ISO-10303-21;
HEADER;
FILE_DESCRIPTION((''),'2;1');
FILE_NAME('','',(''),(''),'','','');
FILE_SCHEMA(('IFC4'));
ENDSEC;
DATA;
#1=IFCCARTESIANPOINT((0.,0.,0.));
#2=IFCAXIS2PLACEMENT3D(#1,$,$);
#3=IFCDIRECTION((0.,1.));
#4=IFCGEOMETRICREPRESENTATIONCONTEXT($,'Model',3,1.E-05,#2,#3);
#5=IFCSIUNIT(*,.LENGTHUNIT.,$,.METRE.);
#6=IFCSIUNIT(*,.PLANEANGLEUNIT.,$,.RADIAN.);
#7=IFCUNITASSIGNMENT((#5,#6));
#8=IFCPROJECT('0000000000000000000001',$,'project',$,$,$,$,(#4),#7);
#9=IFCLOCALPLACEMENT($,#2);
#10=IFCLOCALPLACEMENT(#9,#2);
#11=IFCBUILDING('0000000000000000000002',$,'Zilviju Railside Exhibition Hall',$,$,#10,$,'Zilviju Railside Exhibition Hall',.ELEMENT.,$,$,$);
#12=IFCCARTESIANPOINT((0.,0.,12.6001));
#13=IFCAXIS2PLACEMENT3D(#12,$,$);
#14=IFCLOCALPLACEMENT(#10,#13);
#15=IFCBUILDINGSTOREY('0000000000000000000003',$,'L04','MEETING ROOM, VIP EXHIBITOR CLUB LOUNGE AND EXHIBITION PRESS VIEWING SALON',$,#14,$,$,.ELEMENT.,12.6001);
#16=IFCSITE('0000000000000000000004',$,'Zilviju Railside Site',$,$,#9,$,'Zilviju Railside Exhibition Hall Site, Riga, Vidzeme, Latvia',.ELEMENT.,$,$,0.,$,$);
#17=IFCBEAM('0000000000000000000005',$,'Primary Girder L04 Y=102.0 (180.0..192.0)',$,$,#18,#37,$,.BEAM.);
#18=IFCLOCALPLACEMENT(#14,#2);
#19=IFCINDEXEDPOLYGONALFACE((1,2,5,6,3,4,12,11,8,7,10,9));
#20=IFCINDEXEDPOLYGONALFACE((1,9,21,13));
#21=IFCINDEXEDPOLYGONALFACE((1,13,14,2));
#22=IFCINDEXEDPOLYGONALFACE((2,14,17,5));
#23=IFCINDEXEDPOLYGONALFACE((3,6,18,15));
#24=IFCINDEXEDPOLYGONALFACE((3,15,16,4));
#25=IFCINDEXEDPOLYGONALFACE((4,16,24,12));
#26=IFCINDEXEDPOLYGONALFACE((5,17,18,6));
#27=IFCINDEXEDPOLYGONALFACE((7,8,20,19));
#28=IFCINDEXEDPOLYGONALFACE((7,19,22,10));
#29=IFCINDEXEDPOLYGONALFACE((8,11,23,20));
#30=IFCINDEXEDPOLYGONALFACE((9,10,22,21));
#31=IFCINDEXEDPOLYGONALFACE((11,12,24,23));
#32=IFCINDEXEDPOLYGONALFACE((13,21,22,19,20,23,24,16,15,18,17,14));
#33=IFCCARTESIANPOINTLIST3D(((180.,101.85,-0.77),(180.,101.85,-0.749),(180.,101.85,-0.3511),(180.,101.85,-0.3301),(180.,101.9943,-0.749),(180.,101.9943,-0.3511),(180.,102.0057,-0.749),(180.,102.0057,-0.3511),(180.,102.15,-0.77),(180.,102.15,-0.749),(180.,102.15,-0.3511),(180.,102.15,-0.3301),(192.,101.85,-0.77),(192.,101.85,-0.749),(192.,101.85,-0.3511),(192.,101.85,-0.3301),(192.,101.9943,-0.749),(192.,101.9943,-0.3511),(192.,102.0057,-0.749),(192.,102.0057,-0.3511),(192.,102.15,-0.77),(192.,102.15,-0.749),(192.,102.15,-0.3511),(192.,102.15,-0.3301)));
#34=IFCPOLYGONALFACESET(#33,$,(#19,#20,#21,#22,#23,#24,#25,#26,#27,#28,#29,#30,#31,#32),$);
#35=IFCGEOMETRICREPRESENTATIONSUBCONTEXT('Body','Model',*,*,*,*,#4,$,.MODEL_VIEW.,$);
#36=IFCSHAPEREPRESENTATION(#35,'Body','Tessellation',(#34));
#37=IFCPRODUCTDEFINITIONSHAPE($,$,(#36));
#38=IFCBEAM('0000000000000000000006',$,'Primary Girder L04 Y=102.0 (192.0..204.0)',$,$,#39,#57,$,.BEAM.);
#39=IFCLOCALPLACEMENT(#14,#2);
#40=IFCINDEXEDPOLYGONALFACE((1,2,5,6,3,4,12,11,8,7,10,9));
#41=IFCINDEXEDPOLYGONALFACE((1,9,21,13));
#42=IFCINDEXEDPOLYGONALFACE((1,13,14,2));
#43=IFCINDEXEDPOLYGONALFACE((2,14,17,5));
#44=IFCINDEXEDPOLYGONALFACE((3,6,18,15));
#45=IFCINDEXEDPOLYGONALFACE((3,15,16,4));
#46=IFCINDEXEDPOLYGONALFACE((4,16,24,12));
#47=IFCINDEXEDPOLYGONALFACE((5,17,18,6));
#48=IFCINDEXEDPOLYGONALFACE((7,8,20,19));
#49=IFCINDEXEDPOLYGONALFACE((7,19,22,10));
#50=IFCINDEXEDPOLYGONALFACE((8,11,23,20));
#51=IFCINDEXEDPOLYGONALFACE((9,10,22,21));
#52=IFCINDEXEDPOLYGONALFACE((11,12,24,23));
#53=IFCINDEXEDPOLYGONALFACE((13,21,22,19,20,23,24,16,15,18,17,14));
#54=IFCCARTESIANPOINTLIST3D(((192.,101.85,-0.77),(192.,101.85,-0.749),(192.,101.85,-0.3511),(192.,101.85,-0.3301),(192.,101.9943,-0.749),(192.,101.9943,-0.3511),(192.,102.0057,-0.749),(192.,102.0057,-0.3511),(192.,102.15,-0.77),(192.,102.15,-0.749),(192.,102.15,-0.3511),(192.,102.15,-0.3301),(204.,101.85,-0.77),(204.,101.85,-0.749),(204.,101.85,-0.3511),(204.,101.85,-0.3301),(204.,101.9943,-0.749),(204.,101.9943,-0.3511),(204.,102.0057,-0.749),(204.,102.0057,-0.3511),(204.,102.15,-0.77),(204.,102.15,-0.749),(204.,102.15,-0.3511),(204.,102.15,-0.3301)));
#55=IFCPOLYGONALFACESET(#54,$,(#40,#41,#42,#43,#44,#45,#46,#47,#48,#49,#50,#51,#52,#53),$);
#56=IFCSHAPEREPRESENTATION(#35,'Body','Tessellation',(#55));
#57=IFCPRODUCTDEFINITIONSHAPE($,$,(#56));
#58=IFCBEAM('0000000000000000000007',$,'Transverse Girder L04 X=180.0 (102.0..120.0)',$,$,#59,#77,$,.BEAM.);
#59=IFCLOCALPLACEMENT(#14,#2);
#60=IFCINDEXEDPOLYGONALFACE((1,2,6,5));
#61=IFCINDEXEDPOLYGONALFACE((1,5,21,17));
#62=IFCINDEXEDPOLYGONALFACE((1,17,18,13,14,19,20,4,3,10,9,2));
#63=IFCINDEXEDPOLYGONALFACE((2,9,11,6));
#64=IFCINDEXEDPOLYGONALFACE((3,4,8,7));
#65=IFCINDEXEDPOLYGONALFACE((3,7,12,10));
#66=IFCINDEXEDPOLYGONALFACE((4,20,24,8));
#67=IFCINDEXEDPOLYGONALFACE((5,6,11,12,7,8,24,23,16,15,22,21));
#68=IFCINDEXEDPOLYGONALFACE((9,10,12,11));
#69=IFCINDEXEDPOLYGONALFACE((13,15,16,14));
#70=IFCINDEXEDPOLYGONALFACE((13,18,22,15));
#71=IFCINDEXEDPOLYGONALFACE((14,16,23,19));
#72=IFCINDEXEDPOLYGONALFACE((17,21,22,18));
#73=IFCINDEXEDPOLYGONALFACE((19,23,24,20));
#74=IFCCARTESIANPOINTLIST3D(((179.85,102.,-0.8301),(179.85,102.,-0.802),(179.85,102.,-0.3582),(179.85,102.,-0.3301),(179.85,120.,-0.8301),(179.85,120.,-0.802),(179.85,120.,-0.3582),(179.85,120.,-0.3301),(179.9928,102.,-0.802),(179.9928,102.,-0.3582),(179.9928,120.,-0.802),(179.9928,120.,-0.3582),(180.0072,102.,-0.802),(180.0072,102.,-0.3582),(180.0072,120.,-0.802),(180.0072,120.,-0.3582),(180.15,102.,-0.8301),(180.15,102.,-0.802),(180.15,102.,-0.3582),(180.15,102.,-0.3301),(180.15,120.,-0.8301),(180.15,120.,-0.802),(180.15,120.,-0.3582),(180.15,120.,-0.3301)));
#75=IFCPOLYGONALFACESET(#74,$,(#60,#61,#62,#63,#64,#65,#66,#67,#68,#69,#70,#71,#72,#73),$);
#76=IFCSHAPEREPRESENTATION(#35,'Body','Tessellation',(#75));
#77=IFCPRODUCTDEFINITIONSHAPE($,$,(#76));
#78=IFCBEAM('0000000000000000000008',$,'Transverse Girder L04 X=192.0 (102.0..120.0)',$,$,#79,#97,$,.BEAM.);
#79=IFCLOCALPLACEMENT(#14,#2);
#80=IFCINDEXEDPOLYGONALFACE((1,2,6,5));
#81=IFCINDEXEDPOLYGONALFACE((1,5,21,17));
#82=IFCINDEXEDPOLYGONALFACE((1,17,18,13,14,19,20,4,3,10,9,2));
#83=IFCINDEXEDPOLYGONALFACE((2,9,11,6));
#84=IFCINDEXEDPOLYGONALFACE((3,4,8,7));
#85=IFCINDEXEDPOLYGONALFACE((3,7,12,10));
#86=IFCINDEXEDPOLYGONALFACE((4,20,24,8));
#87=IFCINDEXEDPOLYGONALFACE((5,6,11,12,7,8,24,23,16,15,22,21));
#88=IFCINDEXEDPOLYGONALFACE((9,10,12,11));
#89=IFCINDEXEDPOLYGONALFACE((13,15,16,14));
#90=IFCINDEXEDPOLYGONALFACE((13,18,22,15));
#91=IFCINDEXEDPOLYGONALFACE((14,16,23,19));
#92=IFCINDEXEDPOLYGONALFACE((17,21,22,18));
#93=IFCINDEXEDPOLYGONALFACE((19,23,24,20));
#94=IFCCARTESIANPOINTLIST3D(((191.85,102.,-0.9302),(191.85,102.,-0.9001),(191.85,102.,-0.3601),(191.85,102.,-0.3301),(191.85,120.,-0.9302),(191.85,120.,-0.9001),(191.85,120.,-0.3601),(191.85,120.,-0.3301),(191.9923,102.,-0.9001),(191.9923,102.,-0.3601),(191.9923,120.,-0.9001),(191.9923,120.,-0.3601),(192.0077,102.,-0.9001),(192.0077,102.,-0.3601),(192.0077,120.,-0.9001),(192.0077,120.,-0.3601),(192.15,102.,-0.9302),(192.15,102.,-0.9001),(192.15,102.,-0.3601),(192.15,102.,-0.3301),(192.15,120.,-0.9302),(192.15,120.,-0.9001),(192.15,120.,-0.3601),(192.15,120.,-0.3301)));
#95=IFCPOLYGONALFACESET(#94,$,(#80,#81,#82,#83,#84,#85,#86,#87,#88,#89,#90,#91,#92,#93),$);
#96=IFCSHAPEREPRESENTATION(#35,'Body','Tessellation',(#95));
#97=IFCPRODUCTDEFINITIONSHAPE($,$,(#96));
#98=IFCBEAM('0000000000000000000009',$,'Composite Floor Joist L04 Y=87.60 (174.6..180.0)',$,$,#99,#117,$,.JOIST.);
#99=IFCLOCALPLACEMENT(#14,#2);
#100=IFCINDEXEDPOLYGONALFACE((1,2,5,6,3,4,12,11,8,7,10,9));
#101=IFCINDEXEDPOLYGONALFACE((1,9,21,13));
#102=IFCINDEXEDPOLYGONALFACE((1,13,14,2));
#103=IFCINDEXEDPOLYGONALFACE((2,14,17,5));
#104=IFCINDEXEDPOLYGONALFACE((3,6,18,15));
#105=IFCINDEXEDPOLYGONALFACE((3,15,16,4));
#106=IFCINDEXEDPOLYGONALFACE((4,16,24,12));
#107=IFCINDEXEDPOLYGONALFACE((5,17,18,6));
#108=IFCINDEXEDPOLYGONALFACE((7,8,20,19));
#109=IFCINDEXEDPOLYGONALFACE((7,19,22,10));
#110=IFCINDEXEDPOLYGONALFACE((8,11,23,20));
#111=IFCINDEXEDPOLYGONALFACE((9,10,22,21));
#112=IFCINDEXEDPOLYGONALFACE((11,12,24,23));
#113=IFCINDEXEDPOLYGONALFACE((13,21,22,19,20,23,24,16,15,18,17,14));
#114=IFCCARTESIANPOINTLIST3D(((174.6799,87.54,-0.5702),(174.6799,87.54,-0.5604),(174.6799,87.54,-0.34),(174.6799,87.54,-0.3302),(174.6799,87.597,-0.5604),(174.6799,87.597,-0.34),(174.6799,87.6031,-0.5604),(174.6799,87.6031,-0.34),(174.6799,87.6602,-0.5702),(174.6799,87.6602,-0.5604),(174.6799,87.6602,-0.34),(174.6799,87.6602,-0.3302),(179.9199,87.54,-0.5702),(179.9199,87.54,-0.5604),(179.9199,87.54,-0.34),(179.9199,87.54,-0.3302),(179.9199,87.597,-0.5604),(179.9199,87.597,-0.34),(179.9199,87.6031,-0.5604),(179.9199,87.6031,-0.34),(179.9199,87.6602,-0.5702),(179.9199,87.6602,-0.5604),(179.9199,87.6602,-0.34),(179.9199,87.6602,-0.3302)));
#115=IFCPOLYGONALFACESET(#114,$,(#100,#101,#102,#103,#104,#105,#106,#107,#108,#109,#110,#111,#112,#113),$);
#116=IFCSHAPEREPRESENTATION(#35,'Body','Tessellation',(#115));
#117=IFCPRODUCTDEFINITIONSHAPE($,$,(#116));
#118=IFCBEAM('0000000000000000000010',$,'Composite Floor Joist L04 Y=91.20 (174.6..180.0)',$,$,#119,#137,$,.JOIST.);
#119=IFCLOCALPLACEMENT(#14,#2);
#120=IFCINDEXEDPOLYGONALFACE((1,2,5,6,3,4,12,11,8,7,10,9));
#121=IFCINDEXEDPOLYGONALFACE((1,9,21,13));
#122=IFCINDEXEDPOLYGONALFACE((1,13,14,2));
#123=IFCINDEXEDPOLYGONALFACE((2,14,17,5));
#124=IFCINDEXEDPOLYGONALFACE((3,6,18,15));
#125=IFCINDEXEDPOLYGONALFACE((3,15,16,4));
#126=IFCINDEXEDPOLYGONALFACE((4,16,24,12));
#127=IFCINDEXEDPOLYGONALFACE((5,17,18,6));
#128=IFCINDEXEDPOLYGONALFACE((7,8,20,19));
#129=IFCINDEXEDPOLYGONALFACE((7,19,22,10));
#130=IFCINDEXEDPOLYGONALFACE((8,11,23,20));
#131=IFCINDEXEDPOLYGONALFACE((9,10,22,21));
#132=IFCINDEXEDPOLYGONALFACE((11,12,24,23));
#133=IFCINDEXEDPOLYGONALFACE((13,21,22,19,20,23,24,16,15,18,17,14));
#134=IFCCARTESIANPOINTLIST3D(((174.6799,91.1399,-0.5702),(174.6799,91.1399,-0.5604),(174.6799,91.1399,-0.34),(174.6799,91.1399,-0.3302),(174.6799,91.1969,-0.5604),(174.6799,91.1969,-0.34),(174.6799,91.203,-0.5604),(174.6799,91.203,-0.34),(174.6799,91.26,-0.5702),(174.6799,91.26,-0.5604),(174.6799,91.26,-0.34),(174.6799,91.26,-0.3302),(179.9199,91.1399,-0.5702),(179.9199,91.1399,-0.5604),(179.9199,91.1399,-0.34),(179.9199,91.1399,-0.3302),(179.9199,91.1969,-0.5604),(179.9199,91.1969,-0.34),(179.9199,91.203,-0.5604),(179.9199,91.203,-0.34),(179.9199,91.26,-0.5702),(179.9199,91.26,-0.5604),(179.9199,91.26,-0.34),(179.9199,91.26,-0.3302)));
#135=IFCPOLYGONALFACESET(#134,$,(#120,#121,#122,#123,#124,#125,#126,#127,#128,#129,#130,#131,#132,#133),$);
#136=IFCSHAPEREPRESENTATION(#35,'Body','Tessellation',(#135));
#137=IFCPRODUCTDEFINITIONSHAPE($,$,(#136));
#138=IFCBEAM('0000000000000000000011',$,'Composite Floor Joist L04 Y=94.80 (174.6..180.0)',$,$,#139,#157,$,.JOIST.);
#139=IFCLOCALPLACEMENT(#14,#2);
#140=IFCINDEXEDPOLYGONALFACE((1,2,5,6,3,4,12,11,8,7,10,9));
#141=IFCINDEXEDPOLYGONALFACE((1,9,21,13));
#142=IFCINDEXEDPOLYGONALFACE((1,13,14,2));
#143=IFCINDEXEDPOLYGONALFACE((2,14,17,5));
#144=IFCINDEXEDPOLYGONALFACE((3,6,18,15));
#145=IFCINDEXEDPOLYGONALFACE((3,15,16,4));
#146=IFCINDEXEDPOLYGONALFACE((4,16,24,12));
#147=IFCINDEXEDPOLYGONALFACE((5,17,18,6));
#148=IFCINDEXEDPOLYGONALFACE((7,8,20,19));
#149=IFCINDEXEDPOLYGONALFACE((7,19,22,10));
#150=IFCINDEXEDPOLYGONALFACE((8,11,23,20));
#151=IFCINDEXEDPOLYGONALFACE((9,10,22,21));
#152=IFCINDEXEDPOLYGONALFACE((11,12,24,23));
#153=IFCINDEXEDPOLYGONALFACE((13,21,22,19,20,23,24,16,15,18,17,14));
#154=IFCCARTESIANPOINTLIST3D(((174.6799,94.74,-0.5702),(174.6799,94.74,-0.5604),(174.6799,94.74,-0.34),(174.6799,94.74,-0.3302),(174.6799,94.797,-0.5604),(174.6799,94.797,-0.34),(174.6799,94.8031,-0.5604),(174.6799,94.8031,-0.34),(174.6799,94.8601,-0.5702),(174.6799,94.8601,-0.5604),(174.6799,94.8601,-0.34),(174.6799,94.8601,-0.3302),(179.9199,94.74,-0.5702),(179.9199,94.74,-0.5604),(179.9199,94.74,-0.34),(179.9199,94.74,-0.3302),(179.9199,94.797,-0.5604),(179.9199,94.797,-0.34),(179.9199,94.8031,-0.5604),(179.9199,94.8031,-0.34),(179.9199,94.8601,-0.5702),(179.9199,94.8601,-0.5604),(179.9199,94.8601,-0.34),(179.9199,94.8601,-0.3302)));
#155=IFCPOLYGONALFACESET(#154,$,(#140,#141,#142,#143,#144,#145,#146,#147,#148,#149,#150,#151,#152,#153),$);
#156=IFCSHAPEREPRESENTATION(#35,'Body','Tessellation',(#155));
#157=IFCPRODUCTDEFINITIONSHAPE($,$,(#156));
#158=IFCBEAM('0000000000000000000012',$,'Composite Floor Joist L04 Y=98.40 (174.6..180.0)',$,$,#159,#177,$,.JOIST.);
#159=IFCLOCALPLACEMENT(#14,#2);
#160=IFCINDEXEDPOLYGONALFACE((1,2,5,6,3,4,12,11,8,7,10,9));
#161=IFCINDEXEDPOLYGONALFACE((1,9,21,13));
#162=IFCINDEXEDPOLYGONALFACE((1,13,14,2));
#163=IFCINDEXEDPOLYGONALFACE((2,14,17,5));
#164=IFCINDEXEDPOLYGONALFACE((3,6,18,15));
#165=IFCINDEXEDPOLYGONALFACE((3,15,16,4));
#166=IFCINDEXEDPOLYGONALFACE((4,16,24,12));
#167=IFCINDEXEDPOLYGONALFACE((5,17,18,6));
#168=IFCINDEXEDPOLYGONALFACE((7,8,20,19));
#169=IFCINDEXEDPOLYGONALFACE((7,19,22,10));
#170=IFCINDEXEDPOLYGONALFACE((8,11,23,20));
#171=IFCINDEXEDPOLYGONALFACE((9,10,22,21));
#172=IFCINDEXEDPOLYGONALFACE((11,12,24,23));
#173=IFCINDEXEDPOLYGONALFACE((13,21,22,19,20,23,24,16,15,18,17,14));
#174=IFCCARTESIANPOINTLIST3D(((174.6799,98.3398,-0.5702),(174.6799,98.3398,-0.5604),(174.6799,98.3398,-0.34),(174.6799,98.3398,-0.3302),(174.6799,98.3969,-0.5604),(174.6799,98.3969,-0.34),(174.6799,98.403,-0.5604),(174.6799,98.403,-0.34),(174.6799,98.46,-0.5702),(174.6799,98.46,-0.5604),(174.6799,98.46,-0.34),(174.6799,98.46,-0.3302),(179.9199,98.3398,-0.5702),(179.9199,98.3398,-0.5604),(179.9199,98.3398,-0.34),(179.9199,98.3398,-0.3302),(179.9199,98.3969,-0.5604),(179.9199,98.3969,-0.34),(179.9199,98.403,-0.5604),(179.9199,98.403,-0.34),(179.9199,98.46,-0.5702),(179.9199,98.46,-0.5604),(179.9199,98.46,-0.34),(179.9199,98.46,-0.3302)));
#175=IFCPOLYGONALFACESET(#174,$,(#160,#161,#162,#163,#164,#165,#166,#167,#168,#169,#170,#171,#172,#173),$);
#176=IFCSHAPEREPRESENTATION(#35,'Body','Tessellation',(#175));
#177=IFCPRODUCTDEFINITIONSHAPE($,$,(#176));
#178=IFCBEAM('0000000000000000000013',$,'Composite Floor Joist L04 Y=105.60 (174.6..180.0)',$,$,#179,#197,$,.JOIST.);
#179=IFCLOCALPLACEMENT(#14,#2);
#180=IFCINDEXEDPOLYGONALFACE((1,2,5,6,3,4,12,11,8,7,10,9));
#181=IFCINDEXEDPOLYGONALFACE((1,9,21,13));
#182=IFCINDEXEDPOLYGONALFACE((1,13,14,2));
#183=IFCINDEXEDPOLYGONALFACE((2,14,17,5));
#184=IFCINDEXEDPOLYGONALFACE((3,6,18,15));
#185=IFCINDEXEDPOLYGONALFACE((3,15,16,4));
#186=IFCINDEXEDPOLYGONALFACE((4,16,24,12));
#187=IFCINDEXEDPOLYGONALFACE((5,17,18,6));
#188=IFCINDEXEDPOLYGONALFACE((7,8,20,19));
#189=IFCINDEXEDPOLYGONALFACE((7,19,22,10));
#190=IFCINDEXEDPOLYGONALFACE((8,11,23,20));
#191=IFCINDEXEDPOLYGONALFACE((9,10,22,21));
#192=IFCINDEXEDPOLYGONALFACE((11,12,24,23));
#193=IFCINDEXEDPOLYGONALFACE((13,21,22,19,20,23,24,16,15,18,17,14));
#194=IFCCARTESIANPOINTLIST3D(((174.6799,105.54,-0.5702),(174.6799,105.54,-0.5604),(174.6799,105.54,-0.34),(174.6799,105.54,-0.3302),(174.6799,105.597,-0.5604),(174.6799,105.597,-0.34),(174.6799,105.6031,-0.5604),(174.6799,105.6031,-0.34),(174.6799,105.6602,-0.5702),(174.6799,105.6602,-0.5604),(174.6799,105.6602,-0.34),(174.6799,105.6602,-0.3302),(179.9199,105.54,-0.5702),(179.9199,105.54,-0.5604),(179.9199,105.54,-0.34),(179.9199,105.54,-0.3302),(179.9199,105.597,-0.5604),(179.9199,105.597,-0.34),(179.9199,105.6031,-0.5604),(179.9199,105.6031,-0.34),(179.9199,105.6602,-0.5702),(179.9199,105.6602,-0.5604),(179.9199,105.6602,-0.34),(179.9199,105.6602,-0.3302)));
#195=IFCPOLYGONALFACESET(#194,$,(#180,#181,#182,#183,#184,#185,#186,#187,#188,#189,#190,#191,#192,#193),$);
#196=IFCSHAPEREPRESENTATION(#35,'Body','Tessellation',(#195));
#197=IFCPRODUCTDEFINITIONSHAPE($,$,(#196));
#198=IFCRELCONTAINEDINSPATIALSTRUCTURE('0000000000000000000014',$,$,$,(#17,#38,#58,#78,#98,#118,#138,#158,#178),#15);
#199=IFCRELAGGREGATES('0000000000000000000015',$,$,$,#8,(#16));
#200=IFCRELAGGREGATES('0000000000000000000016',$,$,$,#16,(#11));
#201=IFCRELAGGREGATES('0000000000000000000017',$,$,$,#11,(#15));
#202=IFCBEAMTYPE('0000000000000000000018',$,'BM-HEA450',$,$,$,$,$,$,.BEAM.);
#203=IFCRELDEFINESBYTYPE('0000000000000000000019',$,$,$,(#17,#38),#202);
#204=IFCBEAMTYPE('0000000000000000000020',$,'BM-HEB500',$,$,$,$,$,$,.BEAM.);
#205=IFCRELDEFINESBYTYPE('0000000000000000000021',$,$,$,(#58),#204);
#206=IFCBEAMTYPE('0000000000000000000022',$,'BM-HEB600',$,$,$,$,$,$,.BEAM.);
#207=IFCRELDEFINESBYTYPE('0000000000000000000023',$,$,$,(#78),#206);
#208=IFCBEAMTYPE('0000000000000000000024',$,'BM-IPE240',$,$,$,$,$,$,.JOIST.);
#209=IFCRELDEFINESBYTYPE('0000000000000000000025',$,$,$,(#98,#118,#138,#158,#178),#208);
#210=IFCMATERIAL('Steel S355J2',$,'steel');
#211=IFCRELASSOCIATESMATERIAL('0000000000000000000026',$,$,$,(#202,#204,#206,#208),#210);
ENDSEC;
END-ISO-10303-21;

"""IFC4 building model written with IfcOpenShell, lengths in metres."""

from ifc_helpers import new_model, si_unit, direction, frame, origin, origin_2d, place, context, subcontext, project, spatial, i_section, extrude, material, material_profile, profile_set, type_object, element, save


model = new_model("IFC4")

# Units and contexts
model_context = context("Model", 3, precision=1e-05, world=origin(), true_north=direction((0.0, 1.0)))
body_context = subcontext(model_context, "Body", "Model", "MODEL_VIEW")
ifc_project = project(units=[si_unit("LENGTHUNIT", "METRE"), si_unit("PLANEANGLEUNIT", "RADIAN")], contexts=[model_context])

# Site, building, storey
site_placement = place(None, origin())
site = spatial("IfcSite", under=ifc_project, at=site_placement, Name="Zilviju Railside Site", LongName="Zilviju Railside Exhibition Hall Site, Riga, Vidzeme, Latvia", CompositionType="ELEMENT", RefElevation=0.0)
building_placement = place(site_placement, origin())
building = spatial("IfcBuilding", under=site, at=building_placement, Name="Zilviju Railside Exhibition Hall", LongName="Zilviju Railside Exhibition Hall", CompositionType="ELEMENT")
storey_placement = place(building_placement, frame((0.0, 0.0, 12.6001)))
storey = spatial("IfcBuildingStorey", under=building, at=storey_placement, Name="L04", Description="MEETING ROOM, VIP EXHIBITOR CLUB LOUNGE AND EXHIBITION PRESS VIEWING SALON", CompositionType="ELEMENT", Elevation=12.6001)

# Beams
ifc_material_1 = material(Name="Steel S355J2", Category="steel")
ifc_material_profile_1 = material_profile(ifc_material_1, i_section(OverallWidth=0.3, OverallDepth=0.4399, WebThickness=0.0115, FlangeThickness=0.021, at=origin_2d()), Name="HEA 450")
ifc_profile_set_1 = profile_set([ifc_material_profile_1], Name="Steel S355J2")
beam_type_1 = type_object("IfcBeamType", Name="BM-HEA450", PredefinedType="BEAM", material=ifc_profile_set_1)
for number, where, z_axis, x_axis, name in (
    (1, (180.0, 102.0, -0.55), (1.0, 0.0, 0.0), (0.0, 1.0, 0.0), "Primary Girder L04 Y=102.0 (180.0..192.0)"),
    (2, (192.0, 102.0, -0.55), (1.0, 0.0, 0.0), (0.0, 1.0, 0.0), "Primary Girder L04 Y=102.0 (192.0..204.0)"),
):
    element("IfcBeam", number, at=place(storey_placement, frame(where, z_axis=z_axis, x_axis=x_axis)), inside=storey, type_object=beam_type_1, Name=name, PredefinedType="BEAM", context=body_context, shape_type="SweptSolid", body=[
        extrude(i_section(OverallWidth=0.3, OverallDepth=0.4399, WebThickness=0.0115, FlangeThickness=0.021, at=origin_2d()), origin(), (0.0, 0.0, 1.0), 12.0),
    ])
ifc_material_profile_2 = material_profile(ifc_material_1, i_section(OverallWidth=0.3, OverallDepth=0.5, WebThickness=0.0144, FlangeThickness=0.0281, at=origin_2d()), Name="HEB 500")
ifc_profile_set_2 = profile_set([ifc_material_profile_2], Name="Steel S355J2")
beam_type_2 = type_object("IfcBeamType", Name="BM-HEB500", PredefinedType="BEAM", material=ifc_profile_set_2)
beam_1_placement = place(storey_placement, frame((180.0, 102.0, -0.5801), z_axis=(0.0, 1.0, 0.0), x_axis=(-1.0, 0.0, 0.0)))
element("IfcBeam", 3, at=beam_1_placement, inside=storey, type_object=beam_type_2, Name="Transverse Girder L04 X=180.0 (102.0..120.0)", PredefinedType="BEAM", context=body_context, shape_type="SweptSolid", body=[
    extrude(i_section(OverallWidth=0.3, OverallDepth=0.5, WebThickness=0.0144, FlangeThickness=0.0281, at=origin_2d()), origin(), (0.0, 0.0, 1.0), 18.0),
])
ifc_material_profile_3 = material_profile(ifc_material_1, i_section(OverallWidth=0.3, OverallDepth=0.6001, WebThickness=0.0154, FlangeThickness=0.03, at=origin_2d()), Name="HEB 600")
ifc_profile_set_3 = profile_set([ifc_material_profile_3], Name="Steel S355J2")
beam_type_3 = type_object("IfcBeamType", Name="BM-HEB600", PredefinedType="BEAM", material=ifc_profile_set_3)
beam_2_placement = place(storey_placement, frame((192.0, 102.0, -0.6301), z_axis=(0.0, 1.0, 0.0), x_axis=(-1.0, 0.0, 0.0)))
element("IfcBeam", 4, at=beam_2_placement, inside=storey, type_object=beam_type_3, Name="Transverse Girder L04 X=192.0 (102.0..120.0)", PredefinedType="BEAM", context=body_context, shape_type="SweptSolid", body=[
    extrude(i_section(OverallWidth=0.3, OverallDepth=0.6001, WebThickness=0.0154, FlangeThickness=0.03, at=origin_2d()), origin(), (0.0, 0.0, 1.0), 18.0),
])
ifc_material_profile_4 = material_profile(ifc_material_1, i_section(OverallWidth=0.1201, OverallDepth=0.24, WebThickness=0.0061, FlangeThickness=0.0098, at=origin_2d()), Name="IPE 240")
ifc_profile_set_4 = profile_set([ifc_material_profile_4], Name="Steel S355J2")
beam_type_4 = type_object("IfcBeamType", Name="BM-IPE240", PredefinedType="JOIST", material=ifc_profile_set_4)
for number, where, z_axis, x_axis, name in (
    (5, (174.6799, 87.6001, -0.4502), (1.0, 0.0, 0.0), (0.0, 1.0, 0.0), "Composite Floor Joist L04 Y=87.60 (174.6..180.0)"),
    (6, (174.6799, 91.2, -0.4502), (1.0, 0.0, 0.0), (0.0, 1.0, 0.0), "Composite Floor Joist L04 Y=91.20 (174.6..180.0)"),
    (7, (174.6799, 94.8, -0.4502), (1.0, 0.0, 0.0), (0.0, 1.0, 0.0), "Composite Floor Joist L04 Y=94.80 (174.6..180.0)"),
    (8, (174.6799, 98.3999, -0.4502), (1.0, 0.0, 0.0), (0.0, 1.0, 0.0), "Composite Floor Joist L04 Y=98.40 (174.6..180.0)"),
    (9, (174.6799, 105.6001, -0.4502), (1.0, 0.0, 0.0), (0.0, 1.0, 0.0), "Composite Floor Joist L04 Y=105.60 (174.6..180.0)"),
):
    element("IfcBeam", number, at=place(storey_placement, frame(where, z_axis=z_axis, x_axis=x_axis)), inside=storey, type_object=beam_type_4, Name=name, PredefinedType="JOIST", context=body_context, shape_type="SweptSolid", body=[
        extrude(i_section(OverallWidth=0.1201, OverallDepth=0.24, WebThickness=0.0061, FlangeThickness=0.0098, at=origin_2d()), origin(), (0.0, 0.0, 1.0), 5.24),
    ])

save(model, "model.ifc")
